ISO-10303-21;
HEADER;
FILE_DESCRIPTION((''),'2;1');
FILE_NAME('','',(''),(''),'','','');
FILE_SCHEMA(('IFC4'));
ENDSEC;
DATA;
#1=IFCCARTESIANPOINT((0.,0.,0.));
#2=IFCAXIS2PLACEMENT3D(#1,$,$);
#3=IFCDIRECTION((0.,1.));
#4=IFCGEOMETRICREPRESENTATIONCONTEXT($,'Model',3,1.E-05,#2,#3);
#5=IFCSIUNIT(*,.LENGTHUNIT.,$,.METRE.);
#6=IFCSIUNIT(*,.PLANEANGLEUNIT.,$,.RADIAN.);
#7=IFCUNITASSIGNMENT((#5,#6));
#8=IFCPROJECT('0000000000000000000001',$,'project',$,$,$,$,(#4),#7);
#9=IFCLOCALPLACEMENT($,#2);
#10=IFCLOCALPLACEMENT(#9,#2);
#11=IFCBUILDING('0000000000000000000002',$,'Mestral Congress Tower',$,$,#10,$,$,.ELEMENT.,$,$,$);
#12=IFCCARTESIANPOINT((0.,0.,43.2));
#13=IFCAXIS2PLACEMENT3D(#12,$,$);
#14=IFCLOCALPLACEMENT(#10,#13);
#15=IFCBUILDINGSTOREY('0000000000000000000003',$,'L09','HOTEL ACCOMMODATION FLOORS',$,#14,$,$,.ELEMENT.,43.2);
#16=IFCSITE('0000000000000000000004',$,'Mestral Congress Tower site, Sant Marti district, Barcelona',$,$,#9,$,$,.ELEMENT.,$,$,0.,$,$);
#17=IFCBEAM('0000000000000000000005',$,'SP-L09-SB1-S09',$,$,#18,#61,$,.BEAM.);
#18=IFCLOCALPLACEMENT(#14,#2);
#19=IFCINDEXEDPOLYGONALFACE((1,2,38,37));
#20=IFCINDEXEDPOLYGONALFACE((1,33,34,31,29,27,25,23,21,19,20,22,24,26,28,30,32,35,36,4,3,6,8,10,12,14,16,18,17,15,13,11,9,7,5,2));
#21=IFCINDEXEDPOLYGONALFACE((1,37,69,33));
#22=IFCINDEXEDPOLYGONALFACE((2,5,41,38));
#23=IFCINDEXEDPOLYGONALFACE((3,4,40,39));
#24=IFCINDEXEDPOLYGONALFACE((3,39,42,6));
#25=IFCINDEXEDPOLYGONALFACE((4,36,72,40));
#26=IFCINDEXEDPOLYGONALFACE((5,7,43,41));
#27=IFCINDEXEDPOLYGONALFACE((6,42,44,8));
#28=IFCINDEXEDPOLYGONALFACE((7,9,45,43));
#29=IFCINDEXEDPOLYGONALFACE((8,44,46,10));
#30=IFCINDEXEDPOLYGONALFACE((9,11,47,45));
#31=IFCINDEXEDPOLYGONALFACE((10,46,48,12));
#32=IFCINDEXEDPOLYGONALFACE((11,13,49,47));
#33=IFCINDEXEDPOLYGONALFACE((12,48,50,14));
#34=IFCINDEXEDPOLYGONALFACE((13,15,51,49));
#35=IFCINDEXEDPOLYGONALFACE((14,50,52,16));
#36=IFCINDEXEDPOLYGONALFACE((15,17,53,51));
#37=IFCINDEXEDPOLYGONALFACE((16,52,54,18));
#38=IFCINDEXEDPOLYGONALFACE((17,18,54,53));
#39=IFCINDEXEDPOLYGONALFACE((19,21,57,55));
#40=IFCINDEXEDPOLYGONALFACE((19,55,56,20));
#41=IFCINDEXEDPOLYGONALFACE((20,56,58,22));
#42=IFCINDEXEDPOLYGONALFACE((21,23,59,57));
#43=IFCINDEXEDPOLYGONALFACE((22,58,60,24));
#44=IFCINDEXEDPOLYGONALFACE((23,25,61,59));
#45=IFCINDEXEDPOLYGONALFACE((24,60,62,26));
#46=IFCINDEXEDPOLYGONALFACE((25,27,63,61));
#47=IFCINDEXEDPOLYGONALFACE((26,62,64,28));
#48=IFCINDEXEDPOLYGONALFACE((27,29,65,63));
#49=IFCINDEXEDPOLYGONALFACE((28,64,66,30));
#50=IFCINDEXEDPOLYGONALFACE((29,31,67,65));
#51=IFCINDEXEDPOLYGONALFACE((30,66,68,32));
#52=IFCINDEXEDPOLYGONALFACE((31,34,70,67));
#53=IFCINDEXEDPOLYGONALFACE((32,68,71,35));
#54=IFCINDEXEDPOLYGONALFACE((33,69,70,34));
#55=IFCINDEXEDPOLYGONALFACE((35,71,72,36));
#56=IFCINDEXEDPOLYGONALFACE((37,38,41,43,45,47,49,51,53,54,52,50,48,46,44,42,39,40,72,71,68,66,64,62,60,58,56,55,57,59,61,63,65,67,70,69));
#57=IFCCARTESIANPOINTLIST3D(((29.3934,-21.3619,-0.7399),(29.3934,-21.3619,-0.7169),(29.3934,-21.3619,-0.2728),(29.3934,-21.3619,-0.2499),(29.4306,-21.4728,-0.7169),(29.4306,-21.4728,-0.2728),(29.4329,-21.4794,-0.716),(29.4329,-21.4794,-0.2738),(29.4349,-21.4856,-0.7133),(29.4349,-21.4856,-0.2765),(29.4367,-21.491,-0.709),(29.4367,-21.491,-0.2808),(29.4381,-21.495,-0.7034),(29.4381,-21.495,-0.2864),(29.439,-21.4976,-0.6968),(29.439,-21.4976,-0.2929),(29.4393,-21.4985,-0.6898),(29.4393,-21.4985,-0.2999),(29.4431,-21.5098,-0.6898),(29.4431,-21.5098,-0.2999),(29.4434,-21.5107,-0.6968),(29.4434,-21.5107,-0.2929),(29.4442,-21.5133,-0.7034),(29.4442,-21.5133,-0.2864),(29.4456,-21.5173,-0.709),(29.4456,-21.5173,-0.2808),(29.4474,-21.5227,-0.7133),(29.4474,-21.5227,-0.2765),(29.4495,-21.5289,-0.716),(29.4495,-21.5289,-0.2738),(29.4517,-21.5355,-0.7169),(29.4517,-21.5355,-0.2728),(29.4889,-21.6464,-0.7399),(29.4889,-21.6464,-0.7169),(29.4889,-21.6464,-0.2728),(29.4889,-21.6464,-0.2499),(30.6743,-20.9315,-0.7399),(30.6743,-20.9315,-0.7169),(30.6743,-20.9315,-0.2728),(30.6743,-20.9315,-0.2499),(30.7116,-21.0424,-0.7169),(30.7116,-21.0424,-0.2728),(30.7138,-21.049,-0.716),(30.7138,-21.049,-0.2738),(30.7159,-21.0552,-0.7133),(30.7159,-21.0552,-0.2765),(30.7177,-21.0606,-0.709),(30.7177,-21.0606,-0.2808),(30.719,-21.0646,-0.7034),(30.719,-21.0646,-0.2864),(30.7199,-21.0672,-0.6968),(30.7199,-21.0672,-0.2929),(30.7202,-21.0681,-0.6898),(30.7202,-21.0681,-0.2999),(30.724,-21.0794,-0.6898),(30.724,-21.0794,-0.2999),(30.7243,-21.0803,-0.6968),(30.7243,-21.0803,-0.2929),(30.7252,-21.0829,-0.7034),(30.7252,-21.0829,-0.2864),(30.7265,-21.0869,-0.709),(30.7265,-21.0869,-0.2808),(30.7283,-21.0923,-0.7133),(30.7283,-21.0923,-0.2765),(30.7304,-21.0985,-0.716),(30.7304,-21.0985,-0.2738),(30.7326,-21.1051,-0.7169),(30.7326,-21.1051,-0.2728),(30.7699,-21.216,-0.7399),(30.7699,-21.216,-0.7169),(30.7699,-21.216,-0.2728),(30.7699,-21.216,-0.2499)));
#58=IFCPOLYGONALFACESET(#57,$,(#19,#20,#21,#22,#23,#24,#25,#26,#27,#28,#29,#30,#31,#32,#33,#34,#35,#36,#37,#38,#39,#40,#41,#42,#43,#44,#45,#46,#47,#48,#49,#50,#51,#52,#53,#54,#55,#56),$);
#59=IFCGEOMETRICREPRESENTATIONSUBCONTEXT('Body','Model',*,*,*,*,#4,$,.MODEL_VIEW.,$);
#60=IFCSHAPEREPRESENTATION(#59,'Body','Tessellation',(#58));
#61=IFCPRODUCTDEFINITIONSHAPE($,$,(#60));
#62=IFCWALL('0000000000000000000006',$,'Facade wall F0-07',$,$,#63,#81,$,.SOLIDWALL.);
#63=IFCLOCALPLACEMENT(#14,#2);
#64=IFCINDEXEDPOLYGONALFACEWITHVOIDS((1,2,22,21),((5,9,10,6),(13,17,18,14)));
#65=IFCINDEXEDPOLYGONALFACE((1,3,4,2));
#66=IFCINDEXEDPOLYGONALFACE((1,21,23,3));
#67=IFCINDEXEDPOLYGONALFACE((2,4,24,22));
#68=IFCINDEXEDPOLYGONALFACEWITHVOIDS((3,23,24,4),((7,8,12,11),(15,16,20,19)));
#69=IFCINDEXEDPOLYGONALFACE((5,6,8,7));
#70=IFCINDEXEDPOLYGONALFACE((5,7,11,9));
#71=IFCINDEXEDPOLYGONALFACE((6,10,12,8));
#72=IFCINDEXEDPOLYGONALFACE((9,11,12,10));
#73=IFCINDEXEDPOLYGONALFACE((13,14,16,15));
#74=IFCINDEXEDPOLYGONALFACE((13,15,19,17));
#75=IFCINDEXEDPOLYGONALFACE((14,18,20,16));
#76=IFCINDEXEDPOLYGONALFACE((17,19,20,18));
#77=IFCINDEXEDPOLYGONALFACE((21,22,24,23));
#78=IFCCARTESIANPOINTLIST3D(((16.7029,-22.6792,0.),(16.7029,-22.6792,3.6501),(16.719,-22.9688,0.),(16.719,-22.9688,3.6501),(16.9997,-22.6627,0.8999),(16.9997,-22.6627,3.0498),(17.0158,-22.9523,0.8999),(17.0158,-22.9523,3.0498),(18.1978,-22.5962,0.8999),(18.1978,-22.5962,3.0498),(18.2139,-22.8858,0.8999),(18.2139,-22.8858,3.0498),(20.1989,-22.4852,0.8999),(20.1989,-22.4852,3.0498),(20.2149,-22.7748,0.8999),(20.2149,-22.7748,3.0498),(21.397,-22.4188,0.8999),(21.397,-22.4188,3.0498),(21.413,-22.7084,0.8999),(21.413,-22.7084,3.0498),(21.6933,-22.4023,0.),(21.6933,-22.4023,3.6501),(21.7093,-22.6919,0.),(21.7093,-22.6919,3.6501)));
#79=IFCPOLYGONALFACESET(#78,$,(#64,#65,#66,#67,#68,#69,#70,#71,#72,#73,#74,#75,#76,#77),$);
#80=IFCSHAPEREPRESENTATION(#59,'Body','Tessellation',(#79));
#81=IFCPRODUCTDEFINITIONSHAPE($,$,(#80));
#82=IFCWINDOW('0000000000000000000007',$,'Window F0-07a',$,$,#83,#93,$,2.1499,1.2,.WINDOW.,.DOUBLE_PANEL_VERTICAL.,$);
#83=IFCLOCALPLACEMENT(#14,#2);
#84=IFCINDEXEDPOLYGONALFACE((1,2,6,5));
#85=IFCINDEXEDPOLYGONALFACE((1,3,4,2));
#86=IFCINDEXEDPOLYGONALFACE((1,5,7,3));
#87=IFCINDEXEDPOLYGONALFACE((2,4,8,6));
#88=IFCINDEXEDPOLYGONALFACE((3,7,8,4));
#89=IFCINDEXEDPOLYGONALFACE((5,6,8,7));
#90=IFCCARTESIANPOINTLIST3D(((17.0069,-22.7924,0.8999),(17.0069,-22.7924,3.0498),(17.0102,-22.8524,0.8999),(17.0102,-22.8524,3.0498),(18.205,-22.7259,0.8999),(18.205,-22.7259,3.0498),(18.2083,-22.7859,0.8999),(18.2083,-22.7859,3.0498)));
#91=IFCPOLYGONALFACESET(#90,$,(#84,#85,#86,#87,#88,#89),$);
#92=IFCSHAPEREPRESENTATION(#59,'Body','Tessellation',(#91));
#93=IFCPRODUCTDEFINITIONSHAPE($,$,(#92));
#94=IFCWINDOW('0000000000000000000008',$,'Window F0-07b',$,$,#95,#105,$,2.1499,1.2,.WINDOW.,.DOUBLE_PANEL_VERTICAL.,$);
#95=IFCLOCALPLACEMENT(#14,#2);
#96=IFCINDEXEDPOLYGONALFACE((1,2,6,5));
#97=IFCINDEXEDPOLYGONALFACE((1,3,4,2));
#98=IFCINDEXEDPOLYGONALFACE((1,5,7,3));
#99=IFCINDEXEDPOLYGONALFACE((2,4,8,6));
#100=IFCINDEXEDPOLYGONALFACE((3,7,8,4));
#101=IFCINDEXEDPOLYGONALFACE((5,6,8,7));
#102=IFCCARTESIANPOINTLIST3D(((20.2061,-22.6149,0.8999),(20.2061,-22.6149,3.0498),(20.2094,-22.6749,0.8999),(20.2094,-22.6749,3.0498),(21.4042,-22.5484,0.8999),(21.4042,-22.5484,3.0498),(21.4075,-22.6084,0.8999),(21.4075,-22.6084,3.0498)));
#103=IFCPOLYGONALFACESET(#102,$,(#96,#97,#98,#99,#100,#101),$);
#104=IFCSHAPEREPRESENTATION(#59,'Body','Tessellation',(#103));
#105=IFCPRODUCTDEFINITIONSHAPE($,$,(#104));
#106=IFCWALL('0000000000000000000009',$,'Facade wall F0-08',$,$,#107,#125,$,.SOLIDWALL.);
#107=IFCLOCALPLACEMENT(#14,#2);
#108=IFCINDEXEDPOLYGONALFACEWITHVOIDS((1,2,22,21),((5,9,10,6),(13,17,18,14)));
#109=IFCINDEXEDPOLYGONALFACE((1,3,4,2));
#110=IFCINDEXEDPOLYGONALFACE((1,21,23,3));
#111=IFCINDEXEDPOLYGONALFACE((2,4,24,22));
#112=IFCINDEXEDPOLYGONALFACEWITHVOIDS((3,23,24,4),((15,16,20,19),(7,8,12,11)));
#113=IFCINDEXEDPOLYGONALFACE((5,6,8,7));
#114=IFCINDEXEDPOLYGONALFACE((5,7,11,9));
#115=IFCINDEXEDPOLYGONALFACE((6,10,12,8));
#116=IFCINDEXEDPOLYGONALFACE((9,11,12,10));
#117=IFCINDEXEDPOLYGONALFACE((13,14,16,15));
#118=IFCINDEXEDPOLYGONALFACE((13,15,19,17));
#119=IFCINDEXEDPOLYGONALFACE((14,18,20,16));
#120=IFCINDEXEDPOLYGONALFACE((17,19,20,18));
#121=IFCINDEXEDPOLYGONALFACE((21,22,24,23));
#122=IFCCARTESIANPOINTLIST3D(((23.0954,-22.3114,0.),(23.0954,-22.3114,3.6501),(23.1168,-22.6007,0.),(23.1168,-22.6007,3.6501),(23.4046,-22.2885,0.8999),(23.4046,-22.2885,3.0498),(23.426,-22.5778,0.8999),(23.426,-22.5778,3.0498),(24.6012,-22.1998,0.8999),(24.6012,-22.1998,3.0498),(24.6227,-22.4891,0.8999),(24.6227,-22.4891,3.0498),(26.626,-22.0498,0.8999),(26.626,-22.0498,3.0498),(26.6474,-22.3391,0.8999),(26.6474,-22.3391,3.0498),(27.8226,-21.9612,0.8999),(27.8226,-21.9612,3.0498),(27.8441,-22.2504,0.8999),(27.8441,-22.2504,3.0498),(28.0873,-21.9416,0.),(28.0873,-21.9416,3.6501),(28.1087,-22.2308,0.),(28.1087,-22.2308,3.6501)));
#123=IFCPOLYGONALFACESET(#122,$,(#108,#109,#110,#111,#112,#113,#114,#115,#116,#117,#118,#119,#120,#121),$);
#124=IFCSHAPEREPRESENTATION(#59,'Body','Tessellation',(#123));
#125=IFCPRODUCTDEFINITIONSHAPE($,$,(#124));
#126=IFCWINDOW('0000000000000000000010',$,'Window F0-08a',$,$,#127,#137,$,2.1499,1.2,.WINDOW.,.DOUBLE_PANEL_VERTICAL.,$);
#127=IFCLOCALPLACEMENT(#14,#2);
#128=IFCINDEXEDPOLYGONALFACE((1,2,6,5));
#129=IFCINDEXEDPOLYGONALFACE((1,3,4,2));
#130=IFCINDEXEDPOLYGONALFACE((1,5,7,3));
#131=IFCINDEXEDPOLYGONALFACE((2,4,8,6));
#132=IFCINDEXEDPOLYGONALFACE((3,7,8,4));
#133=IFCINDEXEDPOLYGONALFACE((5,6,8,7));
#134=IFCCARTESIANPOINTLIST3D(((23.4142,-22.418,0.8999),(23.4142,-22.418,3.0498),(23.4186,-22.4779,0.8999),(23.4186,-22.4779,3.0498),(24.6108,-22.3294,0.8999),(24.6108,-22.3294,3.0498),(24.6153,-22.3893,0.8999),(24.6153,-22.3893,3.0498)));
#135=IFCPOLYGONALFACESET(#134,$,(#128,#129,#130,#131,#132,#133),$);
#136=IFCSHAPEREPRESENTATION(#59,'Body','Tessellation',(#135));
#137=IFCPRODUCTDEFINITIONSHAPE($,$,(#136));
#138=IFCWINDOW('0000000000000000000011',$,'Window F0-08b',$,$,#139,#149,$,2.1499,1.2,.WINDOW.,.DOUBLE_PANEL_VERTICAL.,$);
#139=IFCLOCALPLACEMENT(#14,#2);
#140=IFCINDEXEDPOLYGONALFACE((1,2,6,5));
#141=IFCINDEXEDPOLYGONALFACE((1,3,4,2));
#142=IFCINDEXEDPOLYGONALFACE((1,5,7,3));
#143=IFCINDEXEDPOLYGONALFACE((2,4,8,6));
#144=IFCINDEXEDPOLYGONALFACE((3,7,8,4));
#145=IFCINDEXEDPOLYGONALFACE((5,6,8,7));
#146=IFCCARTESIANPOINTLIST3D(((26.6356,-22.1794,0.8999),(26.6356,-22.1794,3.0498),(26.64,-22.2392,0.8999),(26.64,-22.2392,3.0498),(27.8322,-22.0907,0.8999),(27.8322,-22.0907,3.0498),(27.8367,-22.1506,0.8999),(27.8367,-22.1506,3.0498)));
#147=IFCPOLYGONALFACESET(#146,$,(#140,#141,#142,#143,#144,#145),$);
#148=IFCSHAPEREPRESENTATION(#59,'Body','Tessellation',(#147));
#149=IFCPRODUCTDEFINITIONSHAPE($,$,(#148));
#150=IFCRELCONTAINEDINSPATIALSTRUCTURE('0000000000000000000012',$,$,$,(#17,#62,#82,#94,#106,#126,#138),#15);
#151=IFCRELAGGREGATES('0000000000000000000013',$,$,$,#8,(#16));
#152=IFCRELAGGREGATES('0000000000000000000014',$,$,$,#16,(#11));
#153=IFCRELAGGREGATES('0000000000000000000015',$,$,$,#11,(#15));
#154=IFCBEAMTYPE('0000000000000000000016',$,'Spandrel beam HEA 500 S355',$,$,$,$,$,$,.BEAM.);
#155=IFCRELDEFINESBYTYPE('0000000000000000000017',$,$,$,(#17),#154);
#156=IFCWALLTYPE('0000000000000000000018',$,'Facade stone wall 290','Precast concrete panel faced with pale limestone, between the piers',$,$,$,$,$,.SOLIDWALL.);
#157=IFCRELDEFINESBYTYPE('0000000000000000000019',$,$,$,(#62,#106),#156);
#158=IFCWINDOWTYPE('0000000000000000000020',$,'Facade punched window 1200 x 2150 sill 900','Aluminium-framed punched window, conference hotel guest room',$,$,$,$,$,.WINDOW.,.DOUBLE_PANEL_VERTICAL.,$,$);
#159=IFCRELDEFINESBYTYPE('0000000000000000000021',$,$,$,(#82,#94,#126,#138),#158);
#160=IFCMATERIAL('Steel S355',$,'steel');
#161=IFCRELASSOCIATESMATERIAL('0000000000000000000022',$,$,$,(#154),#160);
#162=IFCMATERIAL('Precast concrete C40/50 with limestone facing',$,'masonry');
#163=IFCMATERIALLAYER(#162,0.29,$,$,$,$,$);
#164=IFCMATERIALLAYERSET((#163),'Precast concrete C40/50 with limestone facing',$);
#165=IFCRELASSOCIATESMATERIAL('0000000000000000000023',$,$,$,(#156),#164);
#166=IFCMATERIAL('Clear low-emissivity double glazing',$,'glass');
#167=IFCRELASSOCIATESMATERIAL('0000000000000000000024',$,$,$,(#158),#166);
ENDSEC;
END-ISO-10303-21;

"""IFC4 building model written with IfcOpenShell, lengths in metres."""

from ifc_helpers import new_model, si_unit, direction, frame, frame_2d, origin, origin_2d, place, context, subcontext, project, spatial, rectangle, i_section, extrude, material, layer, layer_set, material_profile, profile_set, type_object, element, fill, save


model = new_model("IFC4")

# Units and contexts
model_context = context("Model", 3, precision=1e-05, world=origin(), true_north=direction((0.0, 1.0)))
body_context = subcontext(model_context, "Body", "Model", "MODEL_VIEW")
ifc_project = project(units=[si_unit("LENGTHUNIT", "METRE"), si_unit("PLANEANGLEUNIT", "RADIAN")], contexts=[model_context])

# Site, building, storey
site_placement = place(None, origin())
site = spatial("IfcSite", under=ifc_project, at=site_placement, Name="Mestral Congress Tower site, Sant Marti district, Barcelona", CompositionType="ELEMENT", RefElevation=0.0)
building_placement = place(site_placement, origin())
building = spatial("IfcBuilding", under=site, at=building_placement, Name="Mestral Congress Tower", CompositionType="ELEMENT")
storey_placement = place(building_placement, frame((0.0, 0.0, 43.2)))
storey = spatial("IfcBuildingStorey", under=building, at=storey_placement, Name="L09", Description="HOTEL ACCOMMODATION FLOORS", CompositionType="ELEMENT", Elevation=43.2)

# Beam
ifc_material_1 = material(Name="Steel S355", Category="steel")
ifc_material_profile_1 = material_profile(ifc_material_1, i_section(OverallWidth=0.3, OverallDepth=0.49, WebThickness=0.012, FlangeThickness=0.0229, FilletRadius=0.0271, at=origin_2d()), Name="HEA 500")
ifc_profile_set_1 = profile_set([ifc_material_profile_1], Name="Steel S355")
beam_type_1 = type_object("IfcBeamType", Name="Spandrel beam HEA 500 S355", PredefinedType="BEAM", material=ifc_profile_set_1)
beam_1_placement = place(storey_placement, frame((29.4412, -21.5042, -0.4949), z_axis=(0.947922, 0.318503, 0.0), x_axis=(-0.318503, 0.947922, 0.0)))
element("IfcBeam", 1, at=beam_1_placement, inside=storey, type_object=beam_type_1, Name="SP-L09-SB1-S09", PredefinedType="BEAM", context=body_context, shape_type="SweptSolid", body=[
    extrude(i_section(OverallWidth=0.3, OverallDepth=0.49, WebThickness=0.012, FlangeThickness=0.0229, FilletRadius=0.0271, at=origin_2d()), origin(), (0.0, 0.0, 1.0), 1.3513),
])

# Walls, openings, windows
ifc_material_2 = material(Name="Precast concrete C40/50 with limestone facing", Category="masonry")
ifc_layer_1 = layer(ifc_material_2, 0.29)
ifc_layer_set_1 = layer_set([ifc_layer_1], Name="Precast concrete C40/50 with limestone facing")
wall_type_1 = type_object("IfcWallType", Name="Facade stone wall 290", Description="Precast concrete panel faced with pale limestone, between the piers", PredefinedType="SOLIDWALL", material=ifc_layer_set_1)
wall_1_placement = place(storey_placement, frame((16.7109, -22.824, 0.0), z_axis=(0.0, 0.0, 1.0), x_axis=(0.998465, 0.055392, 0.0)))
wall_1 = element("IfcWall", 2, at=wall_1_placement, inside=storey, type_object=wall_type_1, Name="Facade wall F0-07", PredefinedType="SOLIDWALL", context=body_context, shape_type="SweptSolid", body=[
    extrude(rectangle(XDim=4.998, YDim=0.29, at=frame_2d((2.499, 0.0))), origin(), (0.0, 0.0, 1.0), 3.6501),
])
opening_1_placement = place(wall_1_placement, frame((0.2971, 0.0, 0.8999)))
opening_1 = element("IfcOpeningElement", 3, at=opening_1_placement, cuts=wall_1, PredefinedType="OPENING", context=body_context, shape_type="SweptSolid", body=[
    extrude(rectangle(XDim=1.2, YDim=2.1499, at=frame_2d((0.6001, 1.075))), frame((0.0, 0.155, 0.0), z_axis=(0.0, -1.0, 0.0), x_axis=(1.0, 0.0, 0.0)), (0.0, 0.0, 1.0), 0.3101),
])
opening_2_placement = place(wall_1_placement, frame((3.5012, 0.0, 0.8999)))
opening_2 = element("IfcOpeningElement", 4, at=opening_2_placement, cuts=wall_1, PredefinedType="OPENING", context=body_context, shape_type="SweptSolid", body=[
    extrude(rectangle(XDim=1.2, YDim=2.1499, at=frame_2d((0.6001, 1.075))), frame((0.0, 0.155, 0.0), z_axis=(0.0, -1.0, 0.0), x_axis=(1.0, 0.0, 0.0)), (0.0, 0.0, 1.0), 0.3101),
])
ifc_material_3 = material(Name="Clear low-emissivity double glazing", Category="glass")
window_type_1 = type_object("IfcWindowType", Name="Facade punched window 1200 x 2150 sill 900", Description="Aluminium-framed punched window, conference hotel guest room", PartitioningType="DOUBLE_PANEL_VERTICAL", PredefinedType="WINDOW", material=ifc_material_3)
window_1_placement = place(opening_1_placement, origin())
window_1 = element("IfcWindow", 5, at=window_1_placement, inside=storey, type_object=window_type_1, Name="Window F0-07a", OverallHeight=2.1499, OverallWidth=1.2, PartitioningType="DOUBLE_PANEL_VERTICAL", PredefinedType="WINDOW", context=body_context, shape_type="SweptSolid", body=[
    extrude(rectangle(XDim=1.2, YDim=2.1499, at=frame_2d((0.6001, 1.075))), frame((0.0, 0.0151, 0.0), z_axis=(0.0, -1.0, 0.0), x_axis=(1.0, 0.0, 0.0)), (0.0, 0.0, 1.0), 0.0601),
])
fill(opening_1, window_1)
window_2_placement = place(opening_2_placement, origin())
window_2 = element("IfcWindow", 6, at=window_2_placement, inside=storey, type_object=window_type_1, Name="Window F0-07b", OverallHeight=2.1499, OverallWidth=1.2, PartitioningType="DOUBLE_PANEL_VERTICAL", PredefinedType="WINDOW", context=body_context, shape_type="SweptSolid", body=[
    extrude(rectangle(XDim=1.2, YDim=2.1499, at=frame_2d((0.6001, 1.075))), frame((0.0, 0.0151, 0.0), z_axis=(0.0, -1.0, 0.0), x_axis=(1.0, 0.0, 0.0)), (0.0, 0.0, 1.0), 0.0601),
])
fill(opening_2, window_2)
wall_2_placement = place(storey_placement, frame((23.106, -22.4561, 0.0), z_axis=(0.0, 0.0, 1.0), x_axis=(0.997266, 0.073891, 0.0)))
wall_2 = element("IfcWall", 7, at=wall_2_placement, inside=storey, type_object=wall_type_1, Name="Facade wall F0-08", PredefinedType="SOLIDWALL", context=body_context, shape_type="SweptSolid", body=[
    extrude(rectangle(XDim=5.0056, YDim=0.29, at=frame_2d((2.5029, 0.0))), origin(), (0.0, 0.0, 1.0), 3.6501),
])
opening_3_placement = place(wall_2_placement, frame((0.3101, 0.0, 0.8999)))
opening_3 = element("IfcOpeningElement", 8, at=opening_3_placement, cuts=wall_2, PredefinedType="OPENING", context=body_context, shape_type="SweptSolid", body=[
    extrude(rectangle(XDim=1.2, YDim=2.1499, at=frame_2d((0.6001, 1.075))), frame((0.0, 0.155, 0.0), z_axis=(0.0, -1.0, 0.0), x_axis=(1.0, 0.0, 0.0)), (0.0, 0.0, 1.0), 0.3101),
])
opening_4_placement = place(wall_2_placement, frame((3.5403, 0.0, 0.8999)))
opening_4 = element("IfcOpeningElement", 9, at=opening_4_placement, cuts=wall_2, PredefinedType="OPENING", context=body_context, shape_type="SweptSolid", body=[
    extrude(rectangle(XDim=1.2, YDim=2.1499, at=frame_2d((0.6001, 1.075))), frame((0.0, 0.155, 0.0), z_axis=(0.0, -1.0, 0.0), x_axis=(1.0, 0.0, 0.0)), (0.0, 0.0, 1.0), 0.3101),
])
window_3_placement = place(opening_3_placement, origin())
window_3 = element("IfcWindow", 10, at=window_3_placement, inside=storey, type_object=window_type_1, Name="Window F0-08a", OverallHeight=2.1499, OverallWidth=1.2, PartitioningType="DOUBLE_PANEL_VERTICAL", PredefinedType="WINDOW", context=body_context, shape_type="SweptSolid", body=[
    extrude(rectangle(XDim=1.2, YDim=2.1499, at=frame_2d((0.6001, 1.075))), frame((0.0, 0.0151, 0.0), z_axis=(0.0, -1.0, 0.0), x_axis=(1.0, 0.0, 0.0)), (0.0, 0.0, 1.0), 0.0601),
])
fill(opening_3, window_3)
window_4_placement = place(opening_4_placement, origin())
window_4 = element("IfcWindow", 11, at=window_4_placement, inside=storey, type_object=window_type_1, Name="Window F0-08b", OverallHeight=2.1499, OverallWidth=1.2, PartitioningType="DOUBLE_PANEL_VERTICAL", PredefinedType="WINDOW", context=body_context, shape_type="SweptSolid", body=[
    extrude(rectangle(XDim=1.2, YDim=2.1499, at=frame_2d((0.6001, 1.075))), frame((0.0, 0.0151, 0.0), z_axis=(0.0, -1.0, 0.0), x_axis=(1.0, 0.0, 0.0)), (0.0, 0.0, 1.0), 0.0601),
])
fill(opening_4, window_4)

save(model, "model.ifc")
